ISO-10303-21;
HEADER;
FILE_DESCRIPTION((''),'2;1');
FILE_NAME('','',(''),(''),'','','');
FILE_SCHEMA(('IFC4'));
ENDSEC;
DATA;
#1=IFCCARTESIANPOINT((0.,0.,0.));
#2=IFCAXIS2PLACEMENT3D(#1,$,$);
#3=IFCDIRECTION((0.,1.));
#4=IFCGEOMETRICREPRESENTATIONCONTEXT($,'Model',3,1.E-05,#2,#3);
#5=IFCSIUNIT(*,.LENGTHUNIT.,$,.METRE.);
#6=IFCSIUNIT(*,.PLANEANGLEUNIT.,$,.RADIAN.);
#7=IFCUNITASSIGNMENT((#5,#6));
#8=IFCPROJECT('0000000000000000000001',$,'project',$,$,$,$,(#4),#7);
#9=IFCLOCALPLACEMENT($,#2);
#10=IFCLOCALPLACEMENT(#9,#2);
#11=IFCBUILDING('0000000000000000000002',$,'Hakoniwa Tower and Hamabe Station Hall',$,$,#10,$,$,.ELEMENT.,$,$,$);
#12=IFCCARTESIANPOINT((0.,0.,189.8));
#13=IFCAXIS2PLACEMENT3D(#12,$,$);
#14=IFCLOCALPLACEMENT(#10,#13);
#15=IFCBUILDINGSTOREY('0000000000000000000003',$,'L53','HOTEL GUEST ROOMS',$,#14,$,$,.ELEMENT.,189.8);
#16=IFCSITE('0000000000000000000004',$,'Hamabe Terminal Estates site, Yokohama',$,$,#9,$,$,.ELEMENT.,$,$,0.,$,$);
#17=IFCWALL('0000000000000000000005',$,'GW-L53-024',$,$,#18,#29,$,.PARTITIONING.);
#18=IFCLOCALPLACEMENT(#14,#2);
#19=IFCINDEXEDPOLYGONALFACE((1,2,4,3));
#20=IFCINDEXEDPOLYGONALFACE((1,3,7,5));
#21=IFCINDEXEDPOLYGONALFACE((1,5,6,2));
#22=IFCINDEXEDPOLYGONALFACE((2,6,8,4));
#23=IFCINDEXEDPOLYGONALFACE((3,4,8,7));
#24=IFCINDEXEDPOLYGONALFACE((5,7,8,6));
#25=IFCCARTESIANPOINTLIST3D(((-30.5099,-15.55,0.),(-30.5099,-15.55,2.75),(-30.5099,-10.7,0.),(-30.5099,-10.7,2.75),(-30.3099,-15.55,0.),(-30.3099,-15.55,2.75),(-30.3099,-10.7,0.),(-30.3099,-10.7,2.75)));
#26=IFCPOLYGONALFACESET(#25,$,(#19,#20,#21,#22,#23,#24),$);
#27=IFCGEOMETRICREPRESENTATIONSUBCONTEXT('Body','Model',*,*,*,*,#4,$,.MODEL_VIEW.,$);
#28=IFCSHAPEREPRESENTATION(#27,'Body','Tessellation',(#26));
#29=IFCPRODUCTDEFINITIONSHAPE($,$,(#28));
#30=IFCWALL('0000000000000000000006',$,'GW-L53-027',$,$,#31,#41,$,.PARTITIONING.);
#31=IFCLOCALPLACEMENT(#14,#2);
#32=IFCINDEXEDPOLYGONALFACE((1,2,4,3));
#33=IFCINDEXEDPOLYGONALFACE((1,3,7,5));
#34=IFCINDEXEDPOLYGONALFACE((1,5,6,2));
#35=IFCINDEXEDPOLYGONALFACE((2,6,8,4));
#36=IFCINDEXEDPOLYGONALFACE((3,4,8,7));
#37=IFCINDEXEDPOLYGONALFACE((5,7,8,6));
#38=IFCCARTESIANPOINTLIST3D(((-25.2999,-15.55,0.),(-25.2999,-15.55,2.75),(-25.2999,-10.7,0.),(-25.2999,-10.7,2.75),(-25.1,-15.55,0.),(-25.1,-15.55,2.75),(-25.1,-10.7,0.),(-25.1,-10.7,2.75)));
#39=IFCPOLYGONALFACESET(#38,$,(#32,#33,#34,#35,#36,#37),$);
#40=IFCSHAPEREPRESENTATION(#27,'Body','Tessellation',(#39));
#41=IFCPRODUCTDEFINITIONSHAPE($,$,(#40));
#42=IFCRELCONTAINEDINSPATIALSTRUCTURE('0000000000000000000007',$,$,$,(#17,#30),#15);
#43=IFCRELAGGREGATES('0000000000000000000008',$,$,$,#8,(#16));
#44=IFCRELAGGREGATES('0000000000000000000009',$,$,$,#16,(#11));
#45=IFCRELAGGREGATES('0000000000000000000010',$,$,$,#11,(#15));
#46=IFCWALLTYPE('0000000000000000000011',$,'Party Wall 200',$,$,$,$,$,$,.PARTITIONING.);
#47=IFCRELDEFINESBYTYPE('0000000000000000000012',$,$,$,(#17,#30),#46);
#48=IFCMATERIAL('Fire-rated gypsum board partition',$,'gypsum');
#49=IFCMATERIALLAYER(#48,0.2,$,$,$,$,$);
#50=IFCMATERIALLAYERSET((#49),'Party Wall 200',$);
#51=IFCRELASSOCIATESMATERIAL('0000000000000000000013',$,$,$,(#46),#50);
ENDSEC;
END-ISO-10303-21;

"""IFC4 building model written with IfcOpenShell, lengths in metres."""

from ifc_helpers import new_model, si_unit, direction, frame, frame_2d, origin, place, context, subcontext, project, spatial, rectangle, extrude, material, layer, layer_set, type_object, element, save


model = new_model("IFC4")

# Units and contexts
model_context = context("Model", 3, precision=1e-05, world=origin(), true_north=direction((0.0, 1.0)))
body_context = subcontext(model_context, "Body", "Model", "MODEL_VIEW")
ifc_project = project(units=[si_unit("LENGTHUNIT", "METRE"), si_unit("PLANEANGLEUNIT", "RADIAN")], contexts=[model_context])

# Site, building, storey
site_placement = place(None, origin())
site = spatial("IfcSite", under=ifc_project, at=site_placement, Name="Hamabe Terminal Estates site, Yokohama", CompositionType="ELEMENT", RefElevation=0.0)
building_placement = place(site_placement, origin())
building = spatial("IfcBuilding", under=site, at=building_placement, Name="Hakoniwa Tower and Hamabe Station Hall", CompositionType="ELEMENT")
storey_placement = place(building_placement, frame((0.0, 0.0, 189.8)))
storey = spatial("IfcBuildingStorey", under=building, at=storey_placement, Name="L53", Description="HOTEL GUEST ROOMS", CompositionType="ELEMENT", Elevation=189.8)

# Walls
ifc_material_1 = material(Name="Fire-rated gypsum board partition", Category="gypsum")
ifc_layer_1 = layer(ifc_material_1, 0.2)
ifc_layer_set_1 = layer_set([ifc_layer_1], Name="Party Wall 200")
wall_type_1 = type_object("IfcWallType", Name="Party Wall 200", PredefinedType="PARTITIONING", material=ifc_layer_set_1)
for number, where, z_axis, x_axis, name in (
    (1, (-30.4099, -15.55, 0.0), (0.0, 0.0, 1.0), (0.0, 1.0, 0.0), "GW-L53-024"),
    (2, (-25.2, -15.55, 0.0), (0.0, 0.0, 1.0), (0.0, 1.0, 0.0), "GW-L53-027"),
):
    element("IfcWall", number, at=place(storey_placement, frame(where, z_axis=z_axis, x_axis=x_axis)), inside=storey, type_object=wall_type_1, Name=name, PredefinedType="PARTITIONING", context=body_context, shape_type="SweptSolid", body=[
        extrude(rectangle(XDim=4.8501, YDim=0.2, at=frame_2d((2.425, 0.0))), origin(), (0.0, 0.0, 1.0), 2.75),
    ])

save(model, "model.ifc")
